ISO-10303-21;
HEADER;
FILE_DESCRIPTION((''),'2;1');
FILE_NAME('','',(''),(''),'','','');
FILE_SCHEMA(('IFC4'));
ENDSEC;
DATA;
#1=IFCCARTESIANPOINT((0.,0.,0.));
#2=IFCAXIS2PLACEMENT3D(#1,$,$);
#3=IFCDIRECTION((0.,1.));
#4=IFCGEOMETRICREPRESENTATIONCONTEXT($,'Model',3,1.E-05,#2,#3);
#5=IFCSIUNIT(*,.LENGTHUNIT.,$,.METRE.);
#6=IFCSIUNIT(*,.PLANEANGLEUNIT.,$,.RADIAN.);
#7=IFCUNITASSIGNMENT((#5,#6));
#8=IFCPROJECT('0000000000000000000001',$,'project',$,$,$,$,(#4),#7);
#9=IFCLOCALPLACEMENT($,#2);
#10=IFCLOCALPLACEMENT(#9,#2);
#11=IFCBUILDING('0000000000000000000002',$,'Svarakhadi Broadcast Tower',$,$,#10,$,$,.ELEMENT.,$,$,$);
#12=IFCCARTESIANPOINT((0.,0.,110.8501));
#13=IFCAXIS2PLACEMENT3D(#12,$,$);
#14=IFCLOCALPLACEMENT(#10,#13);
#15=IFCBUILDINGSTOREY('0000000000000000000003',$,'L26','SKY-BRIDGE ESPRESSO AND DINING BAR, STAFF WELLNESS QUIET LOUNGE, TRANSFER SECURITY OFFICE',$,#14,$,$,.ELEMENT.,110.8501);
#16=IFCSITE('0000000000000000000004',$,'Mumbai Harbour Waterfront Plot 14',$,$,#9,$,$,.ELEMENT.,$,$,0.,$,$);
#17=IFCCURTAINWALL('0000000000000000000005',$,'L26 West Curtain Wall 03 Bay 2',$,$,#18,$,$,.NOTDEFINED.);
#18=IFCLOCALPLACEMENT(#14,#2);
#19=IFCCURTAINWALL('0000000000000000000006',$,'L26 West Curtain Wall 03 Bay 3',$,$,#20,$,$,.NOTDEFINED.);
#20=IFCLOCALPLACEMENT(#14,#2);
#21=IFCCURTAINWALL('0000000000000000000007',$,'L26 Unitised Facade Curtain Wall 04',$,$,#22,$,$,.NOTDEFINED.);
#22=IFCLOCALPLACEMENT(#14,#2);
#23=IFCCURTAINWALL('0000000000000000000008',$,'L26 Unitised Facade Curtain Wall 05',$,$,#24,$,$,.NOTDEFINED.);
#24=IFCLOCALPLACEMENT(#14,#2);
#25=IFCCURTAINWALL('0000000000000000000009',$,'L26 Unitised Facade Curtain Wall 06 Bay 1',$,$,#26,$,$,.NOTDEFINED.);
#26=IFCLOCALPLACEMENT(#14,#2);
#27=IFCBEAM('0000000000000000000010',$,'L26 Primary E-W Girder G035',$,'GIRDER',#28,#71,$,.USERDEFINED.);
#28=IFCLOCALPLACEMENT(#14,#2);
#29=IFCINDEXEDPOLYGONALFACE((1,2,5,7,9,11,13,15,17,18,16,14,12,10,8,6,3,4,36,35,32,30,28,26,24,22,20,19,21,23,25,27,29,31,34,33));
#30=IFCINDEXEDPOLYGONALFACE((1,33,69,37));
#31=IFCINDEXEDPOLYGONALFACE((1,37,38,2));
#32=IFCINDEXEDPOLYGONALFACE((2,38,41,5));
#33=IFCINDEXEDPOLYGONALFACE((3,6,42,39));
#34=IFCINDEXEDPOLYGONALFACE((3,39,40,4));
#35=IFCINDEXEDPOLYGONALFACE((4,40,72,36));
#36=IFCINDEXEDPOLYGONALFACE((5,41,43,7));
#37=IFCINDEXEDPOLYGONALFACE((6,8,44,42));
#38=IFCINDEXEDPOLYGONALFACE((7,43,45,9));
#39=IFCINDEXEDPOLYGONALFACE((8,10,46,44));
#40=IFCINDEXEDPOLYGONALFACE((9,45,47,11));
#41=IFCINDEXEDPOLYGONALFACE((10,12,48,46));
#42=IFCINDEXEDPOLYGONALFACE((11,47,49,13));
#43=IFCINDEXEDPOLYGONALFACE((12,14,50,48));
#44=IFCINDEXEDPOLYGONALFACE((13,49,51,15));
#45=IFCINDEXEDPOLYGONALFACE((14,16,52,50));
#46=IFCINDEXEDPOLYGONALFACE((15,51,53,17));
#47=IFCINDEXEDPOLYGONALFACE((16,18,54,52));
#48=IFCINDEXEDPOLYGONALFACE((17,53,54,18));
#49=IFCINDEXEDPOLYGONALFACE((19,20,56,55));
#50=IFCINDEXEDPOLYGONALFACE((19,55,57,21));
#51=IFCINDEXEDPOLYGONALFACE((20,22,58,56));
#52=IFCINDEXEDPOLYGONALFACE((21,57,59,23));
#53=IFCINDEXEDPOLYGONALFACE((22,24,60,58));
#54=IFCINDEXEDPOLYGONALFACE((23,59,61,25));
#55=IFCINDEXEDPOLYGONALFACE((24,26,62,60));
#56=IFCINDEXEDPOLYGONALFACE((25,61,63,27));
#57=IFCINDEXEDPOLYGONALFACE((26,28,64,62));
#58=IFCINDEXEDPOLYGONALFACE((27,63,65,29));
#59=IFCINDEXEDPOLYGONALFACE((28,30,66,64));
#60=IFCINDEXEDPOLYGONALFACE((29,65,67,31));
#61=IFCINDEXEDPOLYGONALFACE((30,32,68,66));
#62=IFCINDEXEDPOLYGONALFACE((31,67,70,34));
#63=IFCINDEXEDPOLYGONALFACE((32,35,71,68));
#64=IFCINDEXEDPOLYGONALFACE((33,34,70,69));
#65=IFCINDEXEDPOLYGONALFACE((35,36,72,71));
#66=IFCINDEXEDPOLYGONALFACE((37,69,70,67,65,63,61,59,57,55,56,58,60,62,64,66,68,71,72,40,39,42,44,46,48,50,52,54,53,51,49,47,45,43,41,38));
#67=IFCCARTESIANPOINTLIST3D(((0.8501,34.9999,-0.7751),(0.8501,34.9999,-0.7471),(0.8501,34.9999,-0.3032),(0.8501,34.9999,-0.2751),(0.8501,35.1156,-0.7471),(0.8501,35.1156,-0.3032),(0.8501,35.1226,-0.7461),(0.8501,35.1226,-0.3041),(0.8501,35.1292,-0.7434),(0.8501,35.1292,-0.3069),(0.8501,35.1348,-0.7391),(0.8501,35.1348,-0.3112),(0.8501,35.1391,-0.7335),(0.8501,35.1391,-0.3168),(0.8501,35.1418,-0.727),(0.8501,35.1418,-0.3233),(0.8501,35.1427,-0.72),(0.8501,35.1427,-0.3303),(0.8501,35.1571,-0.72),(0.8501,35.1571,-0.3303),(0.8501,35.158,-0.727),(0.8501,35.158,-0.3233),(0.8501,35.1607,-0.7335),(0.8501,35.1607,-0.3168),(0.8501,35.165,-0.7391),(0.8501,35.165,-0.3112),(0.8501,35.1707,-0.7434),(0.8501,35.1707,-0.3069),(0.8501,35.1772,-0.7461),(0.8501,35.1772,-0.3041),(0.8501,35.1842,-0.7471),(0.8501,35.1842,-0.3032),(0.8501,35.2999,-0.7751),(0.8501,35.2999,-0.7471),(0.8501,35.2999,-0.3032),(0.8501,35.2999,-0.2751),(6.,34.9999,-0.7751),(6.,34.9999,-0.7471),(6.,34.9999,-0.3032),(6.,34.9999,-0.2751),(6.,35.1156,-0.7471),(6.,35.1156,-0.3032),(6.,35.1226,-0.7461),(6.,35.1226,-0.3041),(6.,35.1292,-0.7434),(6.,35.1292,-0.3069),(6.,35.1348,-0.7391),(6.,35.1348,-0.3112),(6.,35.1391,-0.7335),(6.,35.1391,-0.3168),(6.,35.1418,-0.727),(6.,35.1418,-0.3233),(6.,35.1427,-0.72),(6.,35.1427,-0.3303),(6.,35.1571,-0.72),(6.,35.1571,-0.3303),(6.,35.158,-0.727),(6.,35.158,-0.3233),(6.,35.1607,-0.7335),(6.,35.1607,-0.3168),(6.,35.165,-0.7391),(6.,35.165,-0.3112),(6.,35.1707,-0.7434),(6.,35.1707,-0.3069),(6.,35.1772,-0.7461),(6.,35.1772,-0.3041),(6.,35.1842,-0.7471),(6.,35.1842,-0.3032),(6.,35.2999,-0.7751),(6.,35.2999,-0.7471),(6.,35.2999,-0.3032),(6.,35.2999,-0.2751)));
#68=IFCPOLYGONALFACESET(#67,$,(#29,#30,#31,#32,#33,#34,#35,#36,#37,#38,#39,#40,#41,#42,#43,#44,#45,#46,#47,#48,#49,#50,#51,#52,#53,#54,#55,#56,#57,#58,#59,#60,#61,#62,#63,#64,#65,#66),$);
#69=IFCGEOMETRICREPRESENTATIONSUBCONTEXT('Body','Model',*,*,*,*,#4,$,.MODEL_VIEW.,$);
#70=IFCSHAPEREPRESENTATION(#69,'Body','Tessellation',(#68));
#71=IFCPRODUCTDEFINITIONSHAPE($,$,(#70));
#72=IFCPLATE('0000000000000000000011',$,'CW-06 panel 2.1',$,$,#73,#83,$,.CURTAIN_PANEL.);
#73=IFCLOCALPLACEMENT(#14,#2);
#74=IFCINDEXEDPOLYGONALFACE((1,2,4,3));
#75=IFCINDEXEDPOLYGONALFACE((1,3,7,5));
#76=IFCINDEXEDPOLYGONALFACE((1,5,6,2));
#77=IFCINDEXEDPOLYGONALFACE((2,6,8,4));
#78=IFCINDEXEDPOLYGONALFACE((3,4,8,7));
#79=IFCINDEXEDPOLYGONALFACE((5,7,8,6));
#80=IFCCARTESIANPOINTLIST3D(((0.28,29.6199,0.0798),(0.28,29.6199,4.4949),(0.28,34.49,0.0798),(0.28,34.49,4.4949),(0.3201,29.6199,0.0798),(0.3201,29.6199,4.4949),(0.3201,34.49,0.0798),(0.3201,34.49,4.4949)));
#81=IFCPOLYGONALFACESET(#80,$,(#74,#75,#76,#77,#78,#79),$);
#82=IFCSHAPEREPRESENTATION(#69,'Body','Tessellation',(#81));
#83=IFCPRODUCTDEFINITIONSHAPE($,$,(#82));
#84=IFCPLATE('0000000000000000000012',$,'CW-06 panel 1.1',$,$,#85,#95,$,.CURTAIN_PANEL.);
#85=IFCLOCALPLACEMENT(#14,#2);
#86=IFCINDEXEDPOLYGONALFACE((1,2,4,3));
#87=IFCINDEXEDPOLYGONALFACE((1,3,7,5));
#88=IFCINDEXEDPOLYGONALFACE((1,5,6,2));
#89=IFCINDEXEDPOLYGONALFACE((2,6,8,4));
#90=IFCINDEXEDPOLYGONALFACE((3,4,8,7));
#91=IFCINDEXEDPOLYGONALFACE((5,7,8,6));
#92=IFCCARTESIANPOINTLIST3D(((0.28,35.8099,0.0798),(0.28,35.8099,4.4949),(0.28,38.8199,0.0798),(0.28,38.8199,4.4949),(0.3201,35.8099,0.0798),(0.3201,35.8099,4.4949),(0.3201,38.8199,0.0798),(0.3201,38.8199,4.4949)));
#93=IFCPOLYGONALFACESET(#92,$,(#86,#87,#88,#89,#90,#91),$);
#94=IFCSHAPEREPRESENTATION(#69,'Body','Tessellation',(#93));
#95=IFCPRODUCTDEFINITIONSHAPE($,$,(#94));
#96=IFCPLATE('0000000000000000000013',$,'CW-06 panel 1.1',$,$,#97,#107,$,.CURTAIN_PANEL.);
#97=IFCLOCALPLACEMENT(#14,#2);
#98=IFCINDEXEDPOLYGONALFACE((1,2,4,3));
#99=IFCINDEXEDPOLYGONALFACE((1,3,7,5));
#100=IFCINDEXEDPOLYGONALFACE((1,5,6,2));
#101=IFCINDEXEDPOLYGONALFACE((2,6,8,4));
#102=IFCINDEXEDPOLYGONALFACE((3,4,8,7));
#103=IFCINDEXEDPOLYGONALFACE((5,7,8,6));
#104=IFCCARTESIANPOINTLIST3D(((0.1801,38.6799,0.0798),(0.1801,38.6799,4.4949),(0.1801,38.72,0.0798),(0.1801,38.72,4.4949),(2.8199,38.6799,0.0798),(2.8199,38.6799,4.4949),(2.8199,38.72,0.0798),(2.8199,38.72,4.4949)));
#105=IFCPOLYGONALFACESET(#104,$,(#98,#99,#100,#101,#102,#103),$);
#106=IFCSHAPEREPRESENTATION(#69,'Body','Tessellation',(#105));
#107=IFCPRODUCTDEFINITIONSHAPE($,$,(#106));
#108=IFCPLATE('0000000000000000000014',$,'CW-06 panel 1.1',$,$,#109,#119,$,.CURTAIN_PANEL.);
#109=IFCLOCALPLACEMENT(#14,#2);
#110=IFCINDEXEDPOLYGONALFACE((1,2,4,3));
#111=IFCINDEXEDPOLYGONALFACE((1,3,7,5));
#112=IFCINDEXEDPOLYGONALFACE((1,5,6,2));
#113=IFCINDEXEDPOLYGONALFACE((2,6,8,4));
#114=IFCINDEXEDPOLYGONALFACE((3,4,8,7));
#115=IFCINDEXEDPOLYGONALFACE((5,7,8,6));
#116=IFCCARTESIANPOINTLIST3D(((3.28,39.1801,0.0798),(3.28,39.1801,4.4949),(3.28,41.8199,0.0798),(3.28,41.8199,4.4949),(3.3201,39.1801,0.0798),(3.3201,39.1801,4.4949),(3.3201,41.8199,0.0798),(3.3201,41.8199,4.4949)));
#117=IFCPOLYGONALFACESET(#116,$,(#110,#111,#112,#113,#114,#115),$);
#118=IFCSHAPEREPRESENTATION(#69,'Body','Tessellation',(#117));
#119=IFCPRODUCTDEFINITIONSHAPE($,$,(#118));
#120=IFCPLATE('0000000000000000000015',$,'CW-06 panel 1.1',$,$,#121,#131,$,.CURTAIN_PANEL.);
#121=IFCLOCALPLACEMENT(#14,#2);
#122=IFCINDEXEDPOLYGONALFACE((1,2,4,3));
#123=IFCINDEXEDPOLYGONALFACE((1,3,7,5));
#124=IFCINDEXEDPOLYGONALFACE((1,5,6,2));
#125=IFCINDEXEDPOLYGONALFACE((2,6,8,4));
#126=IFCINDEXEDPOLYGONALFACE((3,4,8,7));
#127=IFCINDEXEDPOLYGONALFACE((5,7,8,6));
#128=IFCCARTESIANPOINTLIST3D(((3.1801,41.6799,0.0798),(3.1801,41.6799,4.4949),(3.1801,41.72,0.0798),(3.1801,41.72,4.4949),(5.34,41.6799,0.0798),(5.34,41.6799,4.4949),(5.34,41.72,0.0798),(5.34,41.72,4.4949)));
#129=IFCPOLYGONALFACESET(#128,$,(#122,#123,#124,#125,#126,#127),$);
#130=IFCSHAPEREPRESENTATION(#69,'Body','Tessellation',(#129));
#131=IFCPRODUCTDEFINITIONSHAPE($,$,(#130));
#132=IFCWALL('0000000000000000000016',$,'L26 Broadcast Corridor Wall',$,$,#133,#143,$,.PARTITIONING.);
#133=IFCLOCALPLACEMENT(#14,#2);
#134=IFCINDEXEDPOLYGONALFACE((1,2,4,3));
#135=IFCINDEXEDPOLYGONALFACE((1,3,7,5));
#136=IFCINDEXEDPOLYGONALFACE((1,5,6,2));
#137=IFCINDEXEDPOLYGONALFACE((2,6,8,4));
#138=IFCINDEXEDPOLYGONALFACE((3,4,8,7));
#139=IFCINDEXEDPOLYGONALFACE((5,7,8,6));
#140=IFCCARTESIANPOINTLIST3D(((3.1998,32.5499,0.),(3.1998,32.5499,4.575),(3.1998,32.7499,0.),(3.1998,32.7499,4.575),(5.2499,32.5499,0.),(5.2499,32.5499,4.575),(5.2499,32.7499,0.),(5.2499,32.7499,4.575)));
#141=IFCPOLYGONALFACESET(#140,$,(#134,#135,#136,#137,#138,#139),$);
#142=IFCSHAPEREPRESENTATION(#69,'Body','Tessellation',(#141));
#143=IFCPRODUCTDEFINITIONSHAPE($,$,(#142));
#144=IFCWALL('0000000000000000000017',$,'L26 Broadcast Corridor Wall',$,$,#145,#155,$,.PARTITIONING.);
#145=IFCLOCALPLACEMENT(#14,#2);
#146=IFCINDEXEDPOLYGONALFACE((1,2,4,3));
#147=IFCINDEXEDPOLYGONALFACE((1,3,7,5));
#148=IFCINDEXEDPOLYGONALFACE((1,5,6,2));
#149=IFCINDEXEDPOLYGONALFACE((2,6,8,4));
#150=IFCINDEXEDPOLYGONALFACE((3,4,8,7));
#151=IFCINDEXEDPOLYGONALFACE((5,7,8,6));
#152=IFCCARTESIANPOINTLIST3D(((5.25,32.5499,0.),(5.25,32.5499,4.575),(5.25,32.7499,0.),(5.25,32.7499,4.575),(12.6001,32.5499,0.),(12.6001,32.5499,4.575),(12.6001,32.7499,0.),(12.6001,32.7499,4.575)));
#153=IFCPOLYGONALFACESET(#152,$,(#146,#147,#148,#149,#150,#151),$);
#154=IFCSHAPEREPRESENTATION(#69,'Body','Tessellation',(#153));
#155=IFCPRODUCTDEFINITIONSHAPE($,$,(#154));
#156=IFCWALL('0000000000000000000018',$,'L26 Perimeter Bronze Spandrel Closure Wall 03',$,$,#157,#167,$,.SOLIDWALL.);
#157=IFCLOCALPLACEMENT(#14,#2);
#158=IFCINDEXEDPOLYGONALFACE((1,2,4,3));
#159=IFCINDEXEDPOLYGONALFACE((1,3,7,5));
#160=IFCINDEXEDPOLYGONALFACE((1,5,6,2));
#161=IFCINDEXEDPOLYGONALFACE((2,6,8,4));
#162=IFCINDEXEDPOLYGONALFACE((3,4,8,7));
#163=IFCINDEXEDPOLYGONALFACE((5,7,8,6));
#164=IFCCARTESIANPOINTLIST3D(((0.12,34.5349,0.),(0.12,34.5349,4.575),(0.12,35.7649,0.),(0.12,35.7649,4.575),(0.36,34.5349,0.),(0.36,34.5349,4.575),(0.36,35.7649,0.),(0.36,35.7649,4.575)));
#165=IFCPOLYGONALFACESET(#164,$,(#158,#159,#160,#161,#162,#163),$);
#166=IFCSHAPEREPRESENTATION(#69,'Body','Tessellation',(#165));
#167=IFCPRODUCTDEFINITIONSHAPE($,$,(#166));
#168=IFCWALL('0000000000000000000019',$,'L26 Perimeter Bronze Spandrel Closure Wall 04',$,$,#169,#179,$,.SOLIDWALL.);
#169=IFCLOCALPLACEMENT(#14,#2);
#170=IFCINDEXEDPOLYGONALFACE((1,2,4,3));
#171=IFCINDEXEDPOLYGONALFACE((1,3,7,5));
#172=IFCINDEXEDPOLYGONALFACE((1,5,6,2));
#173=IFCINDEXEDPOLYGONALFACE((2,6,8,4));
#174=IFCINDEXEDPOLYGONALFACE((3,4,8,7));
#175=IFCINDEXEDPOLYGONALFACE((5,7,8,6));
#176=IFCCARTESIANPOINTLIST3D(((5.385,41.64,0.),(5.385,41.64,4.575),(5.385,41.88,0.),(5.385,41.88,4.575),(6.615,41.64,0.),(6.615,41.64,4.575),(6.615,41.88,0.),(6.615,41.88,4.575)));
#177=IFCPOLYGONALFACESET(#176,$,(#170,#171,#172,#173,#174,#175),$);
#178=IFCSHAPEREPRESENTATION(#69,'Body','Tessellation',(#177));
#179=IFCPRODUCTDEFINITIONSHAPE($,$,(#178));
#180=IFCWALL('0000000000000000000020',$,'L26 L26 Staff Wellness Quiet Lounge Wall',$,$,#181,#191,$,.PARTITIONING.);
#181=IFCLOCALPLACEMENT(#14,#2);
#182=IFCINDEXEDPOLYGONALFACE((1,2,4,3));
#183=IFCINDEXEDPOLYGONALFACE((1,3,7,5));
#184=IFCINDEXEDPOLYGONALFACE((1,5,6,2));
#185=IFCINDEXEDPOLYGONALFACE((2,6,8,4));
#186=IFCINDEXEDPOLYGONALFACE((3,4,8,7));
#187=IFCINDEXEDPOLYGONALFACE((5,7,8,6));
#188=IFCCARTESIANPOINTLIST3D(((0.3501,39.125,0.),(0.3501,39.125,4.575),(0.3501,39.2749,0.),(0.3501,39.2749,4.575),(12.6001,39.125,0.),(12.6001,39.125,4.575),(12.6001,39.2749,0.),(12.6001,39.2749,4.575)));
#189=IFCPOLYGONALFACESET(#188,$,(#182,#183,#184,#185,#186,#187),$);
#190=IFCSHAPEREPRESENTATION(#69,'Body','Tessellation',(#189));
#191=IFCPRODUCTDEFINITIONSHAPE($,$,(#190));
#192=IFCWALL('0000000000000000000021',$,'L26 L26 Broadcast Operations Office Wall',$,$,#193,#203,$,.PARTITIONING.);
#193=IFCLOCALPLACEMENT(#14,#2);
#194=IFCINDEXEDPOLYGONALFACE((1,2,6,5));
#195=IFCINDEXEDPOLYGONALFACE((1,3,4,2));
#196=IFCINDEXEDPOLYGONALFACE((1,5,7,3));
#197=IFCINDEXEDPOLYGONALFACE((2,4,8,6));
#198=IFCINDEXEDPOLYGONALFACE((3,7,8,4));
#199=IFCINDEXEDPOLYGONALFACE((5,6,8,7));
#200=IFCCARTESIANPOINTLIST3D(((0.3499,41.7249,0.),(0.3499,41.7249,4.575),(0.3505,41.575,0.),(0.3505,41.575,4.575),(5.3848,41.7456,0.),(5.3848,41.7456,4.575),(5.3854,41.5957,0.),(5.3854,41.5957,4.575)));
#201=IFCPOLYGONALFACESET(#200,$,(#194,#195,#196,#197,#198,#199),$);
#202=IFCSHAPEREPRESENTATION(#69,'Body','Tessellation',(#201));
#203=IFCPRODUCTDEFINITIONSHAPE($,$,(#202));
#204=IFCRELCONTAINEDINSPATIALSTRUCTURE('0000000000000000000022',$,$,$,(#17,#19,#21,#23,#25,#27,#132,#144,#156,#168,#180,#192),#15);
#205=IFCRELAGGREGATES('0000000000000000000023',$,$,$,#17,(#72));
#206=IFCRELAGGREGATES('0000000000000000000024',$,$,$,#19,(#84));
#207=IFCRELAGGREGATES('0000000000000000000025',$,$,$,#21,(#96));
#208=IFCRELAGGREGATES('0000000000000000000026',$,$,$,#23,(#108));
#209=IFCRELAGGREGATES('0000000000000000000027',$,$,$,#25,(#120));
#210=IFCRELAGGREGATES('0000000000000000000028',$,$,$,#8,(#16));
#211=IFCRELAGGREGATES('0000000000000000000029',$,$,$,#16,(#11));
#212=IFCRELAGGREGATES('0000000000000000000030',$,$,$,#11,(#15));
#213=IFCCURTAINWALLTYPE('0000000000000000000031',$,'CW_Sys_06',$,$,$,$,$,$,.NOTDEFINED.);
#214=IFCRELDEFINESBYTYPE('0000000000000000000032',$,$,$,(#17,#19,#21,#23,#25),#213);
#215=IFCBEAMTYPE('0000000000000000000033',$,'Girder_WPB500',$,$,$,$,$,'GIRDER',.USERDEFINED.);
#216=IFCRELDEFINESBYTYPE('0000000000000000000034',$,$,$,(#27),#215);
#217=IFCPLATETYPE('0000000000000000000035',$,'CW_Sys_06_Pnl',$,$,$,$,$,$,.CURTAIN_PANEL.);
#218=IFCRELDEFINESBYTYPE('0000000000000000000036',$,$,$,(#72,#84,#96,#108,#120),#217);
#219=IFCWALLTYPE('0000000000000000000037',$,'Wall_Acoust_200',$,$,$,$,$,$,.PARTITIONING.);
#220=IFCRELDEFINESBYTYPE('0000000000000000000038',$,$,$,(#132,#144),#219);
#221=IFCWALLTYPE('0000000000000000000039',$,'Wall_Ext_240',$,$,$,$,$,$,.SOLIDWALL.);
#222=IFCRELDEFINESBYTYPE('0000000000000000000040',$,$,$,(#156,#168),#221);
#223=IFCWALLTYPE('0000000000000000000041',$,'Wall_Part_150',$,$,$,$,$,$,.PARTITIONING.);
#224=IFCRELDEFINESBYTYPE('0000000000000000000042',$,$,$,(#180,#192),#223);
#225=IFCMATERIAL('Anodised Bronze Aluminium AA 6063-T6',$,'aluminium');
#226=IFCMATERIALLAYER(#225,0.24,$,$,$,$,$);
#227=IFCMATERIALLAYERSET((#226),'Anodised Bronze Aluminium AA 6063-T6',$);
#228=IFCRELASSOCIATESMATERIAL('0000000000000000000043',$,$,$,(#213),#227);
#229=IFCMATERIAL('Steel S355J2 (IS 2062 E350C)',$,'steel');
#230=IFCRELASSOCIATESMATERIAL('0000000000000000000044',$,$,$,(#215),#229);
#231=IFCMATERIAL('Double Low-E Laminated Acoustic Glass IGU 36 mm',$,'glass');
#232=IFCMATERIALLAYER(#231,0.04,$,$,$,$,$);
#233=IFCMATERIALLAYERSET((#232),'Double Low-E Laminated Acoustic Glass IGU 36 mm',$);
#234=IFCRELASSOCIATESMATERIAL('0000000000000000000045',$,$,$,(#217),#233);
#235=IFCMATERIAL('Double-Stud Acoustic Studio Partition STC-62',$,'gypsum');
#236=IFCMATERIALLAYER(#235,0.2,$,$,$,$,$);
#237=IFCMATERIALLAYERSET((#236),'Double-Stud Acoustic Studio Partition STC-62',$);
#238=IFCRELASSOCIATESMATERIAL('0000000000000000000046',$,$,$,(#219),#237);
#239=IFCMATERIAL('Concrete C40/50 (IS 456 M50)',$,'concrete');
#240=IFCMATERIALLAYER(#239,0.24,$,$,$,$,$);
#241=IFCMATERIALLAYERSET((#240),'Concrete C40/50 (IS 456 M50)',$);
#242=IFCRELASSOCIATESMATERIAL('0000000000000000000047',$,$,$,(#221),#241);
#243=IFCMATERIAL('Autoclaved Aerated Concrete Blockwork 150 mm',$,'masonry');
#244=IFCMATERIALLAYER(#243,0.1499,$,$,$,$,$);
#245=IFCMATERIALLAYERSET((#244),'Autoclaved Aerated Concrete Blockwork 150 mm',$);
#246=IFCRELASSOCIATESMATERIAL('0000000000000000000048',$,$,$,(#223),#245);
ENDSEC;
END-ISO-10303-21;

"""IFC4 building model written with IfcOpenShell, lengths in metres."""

from ifc_helpers import new_model, si_unit, direction, frame, frame_2d, origin, origin_2d, place, context, subcontext, project, spatial, rectangle, i_section, extrude, material, layer, layer_set, material_profile, profile_set, type_object, element, aggregate, save


model = new_model("IFC4")

# Units and contexts
model_context = context("Model", 3, precision=1e-05, world=origin(), true_north=direction((0.0, 1.0)))
body_context = subcontext(model_context, "Body", "Model", "MODEL_VIEW")
ifc_project = project(units=[si_unit("LENGTHUNIT", "METRE"), si_unit("PLANEANGLEUNIT", "RADIAN")], contexts=[model_context])

# Site, building, storey
site_placement = place(None, origin())
site = spatial("IfcSite", under=ifc_project, at=site_placement, Name="Mumbai Harbour Waterfront Plot 14", CompositionType="ELEMENT", RefElevation=0.0)
building_placement = place(site_placement, origin())
building = spatial("IfcBuilding", under=site, at=building_placement, Name="Svarakhadi Broadcast Tower", CompositionType="ELEMENT")
storey_placement = place(building_placement, frame((0.0, 0.0, 110.8501)))
storey = spatial("IfcBuildingStorey", under=building, at=storey_placement, Name="L26", Description="SKY-BRIDGE ESPRESSO AND DINING BAR, STAFF WELLNESS QUIET LOUNGE, TRANSFER SECURITY OFFICE", CompositionType="ELEMENT", Elevation=110.8501)

# Shared definitions
ifc_material_1 = material(Name="Steel S355J2 (IS 2062 E350C)", Category="steel")

# Curtain wall
ifc_material_2 = material(Name="Anodised Bronze Aluminium AA 6063-T6", Category="aluminium")
ifc_layer_1 = layer(ifc_material_2, 0.24)
ifc_layer_set_1 = layer_set([ifc_layer_1], Name="Anodised Bronze Aluminium AA 6063-T6")
curtain_wall_type = type_object("IfcCurtainWallType", Name="CW_Sys_06", PredefinedType="NOTDEFINED", material=ifc_layer_set_1)
curtain_wall_1_placement = place(storey_placement, origin())
curtain_wall_1 = element("IfcCurtainWall", 1, at=curtain_wall_1_placement, inside=storey, type_object=curtain_wall_type, Name="L26 West Curtain Wall 03 Bay 2", PredefinedType="NOTDEFINED")

# Curtain walls
curtain_wall_2_placement = place(storey_placement, origin())
curtain_wall_2 = element("IfcCurtainWall", 2, at=curtain_wall_2_placement, inside=storey, type_object=curtain_wall_type, Name="L26 West Curtain Wall 03 Bay 3", PredefinedType="NOTDEFINED")
curtain_wall_3_placement = place(storey_placement, origin())
curtain_wall_3 = element("IfcCurtainWall", 3, at=curtain_wall_3_placement, inside=storey, type_object=curtain_wall_type, Name="L26 Unitised Facade Curtain Wall 04", PredefinedType="NOTDEFINED")
curtain_wall_4_placement = place(storey_placement, origin())
curtain_wall_4 = element("IfcCurtainWall", 4, at=curtain_wall_4_placement, inside=storey, type_object=curtain_wall_type, Name="L26 Unitised Facade Curtain Wall 05", PredefinedType="NOTDEFINED")
curtain_wall_5_placement = place(storey_placement, origin())
curtain_wall_5 = element("IfcCurtainWall", 5, at=curtain_wall_5_placement, inside=storey, type_object=curtain_wall_type, Name="L26 Unitised Facade Curtain Wall 06 Bay 1", PredefinedType="NOTDEFINED")

# Beam
ifc_material_profile_1 = material_profile(ifc_material_1, i_section(OverallWidth=0.3, OverallDepth=0.5, WebThickness=0.0144, FlangeThickness=0.0281, FilletRadius=0.0271, at=origin_2d()), Name="WPB 500x300x187")
ifc_profile_set_1 = profile_set([ifc_material_profile_1], Name="Steel S355J2 (IS 2062 E350C)")
beam_type_1 = type_object("IfcBeamType", Name="Girder_WPB500", ElementType="GIRDER", PredefinedType="USERDEFINED", material=ifc_profile_set_1)
beam_1_placement = place(storey_placement, frame((0.8501, 35.1499, -0.5251), z_axis=(1.0, 0.0, 0.0), x_axis=(0.0, 1.0, 0.0)))
element("IfcBeam", 6, at=beam_1_placement, inside=storey, type_object=beam_type_1, Name="L26 Primary E-W Girder G035", ObjectType="GIRDER", PredefinedType="USERDEFINED", context=body_context, shape_type="SweptSolid", body=[
    extrude(i_section(OverallWidth=0.3, OverallDepth=0.5, WebThickness=0.0144, FlangeThickness=0.0281, FilletRadius=0.0271, at=origin_2d()), origin(), (0.0, 0.0, 1.0), 5.1499),
])

# Plates
ifc_material_3 = material(Name="Double Low-E Laminated Acoustic Glass IGU 36 mm", Category="glass")
ifc_layer_2 = layer(ifc_material_3, 0.04)
ifc_layer_set_2 = layer_set([ifc_layer_2], Name="Double Low-E Laminated Acoustic Glass IGU 36 mm")
plate_type = type_object("IfcPlateType", Name="CW_Sys_06_Pnl", PredefinedType="CURTAIN_PANEL", material=ifc_layer_set_2)
plate_1_placement = place(storey_placement, frame((0.3, 32.0549, 0.0798), z_axis=(0.0, 0.0, 1.0), x_axis=(0.0, 1.0, 0.0)))
plate_1 = element("IfcPlate", 7, at=plate_1_placement, type_object=plate_type, Name="CW-06 panel 2.1", PredefinedType="CURTAIN_PANEL", context=body_context, shape_type="SweptSolid", body=[
    extrude(rectangle(XDim=4.8701, YDim=0.04, at=origin_2d()), origin(), (0.0, 0.0, 1.0), 4.415),
])
aggregate(curtain_wall_1, [plate_1])
plate_2_placement = place(storey_placement, frame((0.3, 37.3149, 0.0798), z_axis=(0.0, 0.0, 1.0), x_axis=(0.0, 1.0, 0.0)))
plate_2 = element("IfcPlate", 8, at=plate_2_placement, type_object=plate_type, Name="CW-06 panel 1.1", PredefinedType="CURTAIN_PANEL", context=body_context, shape_type="SweptSolid", body=[
    extrude(rectangle(XDim=3.01, YDim=0.04, at=origin_2d()), origin(), (0.0, 0.0, 1.0), 4.415),
])
aggregate(curtain_wall_2, [plate_2])
plate_3_placement = place(storey_placement, frame((1.5, 38.7, 0.0798), z_axis=(0.0, 0.0, 1.0), x_axis=(1.0, 0.0, 0.0)))
plate_3 = element("IfcPlate", 9, at=plate_3_placement, type_object=plate_type, Name="CW-06 panel 1.1", PredefinedType="CURTAIN_PANEL", context=body_context, shape_type="SweptSolid", body=[
    extrude(rectangle(XDim=2.6399, YDim=0.04, at=origin_2d()), origin(), (0.0, 0.0, 1.0), 4.415),
])
aggregate(curtain_wall_3, [plate_3])
plate_4_placement = place(storey_placement, frame((3.3, 40.5, 0.0798), z_axis=(0.0, 0.0, 1.0), x_axis=(0.0, 1.0, 0.0)))
plate_4 = element("IfcPlate", 10, at=plate_4_placement, type_object=plate_type, Name="CW-06 panel 1.1", PredefinedType="CURTAIN_PANEL", context=body_context, shape_type="SweptSolid", body=[
    extrude(rectangle(XDim=2.6399, YDim=0.04, at=origin_2d()), origin(), (0.0, 0.0, 1.0), 4.415),
])
aggregate(curtain_wall_4, [plate_4])
plate_5_placement = place(storey_placement, frame((4.26, 41.7, 0.0798), z_axis=(0.0, 0.0, 1.0), x_axis=(1.0, 0.0, 0.0)))
plate_5 = element("IfcPlate", 11, at=plate_5_placement, type_object=plate_type, Name="CW-06 panel 1.1", PredefinedType="CURTAIN_PANEL", context=body_context, shape_type="SweptSolid", body=[
    extrude(rectangle(XDim=2.1599, YDim=0.04, at=origin_2d()), origin(), (0.0, 0.0, 1.0), 4.415),
])
aggregate(curtain_wall_5, [plate_5])

# Walls
ifc_material_4 = material(Name="Double-Stud Acoustic Studio Partition STC-62", Category="gypsum")
ifc_layer_3 = layer(ifc_material_4, 0.2)
ifc_layer_set_3 = layer_set([ifc_layer_3], Name="Double-Stud Acoustic Studio Partition STC-62")
wall_type_1 = type_object("IfcWallType", Name="Wall_Acoust_200", PredefinedType="PARTITIONING", material=ifc_layer_set_3)
wall_1_placement = place(storey_placement, frame((3.2, 32.6499, 0.0), z_axis=(0.0, 0.0, 1.0), x_axis=(1.0, 0.0, 0.0)))
element("IfcWall", 12, at=wall_1_placement, inside=storey, type_object=wall_type_1, Name="L26 Broadcast Corridor Wall", PredefinedType="PARTITIONING", context=body_context, shape_type="SweptSolid", body=[
    extrude(rectangle(XDim=2.05, YDim=0.2, at=frame_2d((1.0249, 0.0))), origin(), (0.0, 0.0, 1.0), 4.575),
])
wall_2_placement = place(storey_placement, frame((5.25, 32.6499, 0.0), z_axis=(0.0, 0.0, 1.0), x_axis=(1.0, 0.0, 0.0)))
element("IfcWall", 13, at=wall_2_placement, inside=storey, type_object=wall_type_1, Name="L26 Broadcast Corridor Wall", PredefinedType="PARTITIONING", context=body_context, shape_type="SweptSolid", body=[
    extrude(rectangle(XDim=7.3501, YDim=0.2, at=frame_2d((3.675, 0.0))), origin(), (0.0, 0.0, 1.0), 4.575),
])
ifc_material_5 = material(Name="Concrete C40/50 (IS 456 M50)", Category="concrete")
ifc_layer_4 = layer(ifc_material_5, 0.24)
ifc_layer_set_4 = layer_set([ifc_layer_4], Name="Concrete C40/50 (IS 456 M50)")
wall_type_2 = type_object("IfcWallType", Name="Wall_Ext_240", PredefinedType="SOLIDWALL", material=ifc_layer_set_4)
for number, where, z_axis, x_axis, name in (
    (14, (0.24, 34.5349, 0.0), (0.0, 0.0, 1.0), (0.0, 1.0, 0.0), "L26 Perimeter Bronze Spandrel Closure Wall 03"),
    (15, (5.385, 41.76, 0.0), (0.0, 0.0, 1.0), (1.0, 0.0, 0.0), "L26 Perimeter Bronze Spandrel Closure Wall 04"),
):
    element("IfcWall", number, at=place(storey_placement, frame(where, z_axis=z_axis, x_axis=x_axis)), inside=storey, type_object=wall_type_2, Name=name, PredefinedType="SOLIDWALL", context=body_context, shape_type="SweptSolid", body=[
        extrude(rectangle(XDim=1.23, YDim=0.24, at=frame_2d((0.615, 0.0))), origin(), (0.0, 0.0, 1.0), 4.575),
    ])
ifc_material_6 = material(Name="Autoclaved Aerated Concrete Blockwork 150 mm", Category="masonry")
ifc_layer_5 = layer(ifc_material_6, 0.1499)
ifc_layer_set_5 = layer_set([ifc_layer_5], Name="Autoclaved Aerated Concrete Blockwork 150 mm")
wall_type_3 = type_object("IfcWallType", Name="Wall_Part_150", PredefinedType="PARTITIONING", material=ifc_layer_set_5)
wall_3_placement = place(storey_placement, frame((0.3501, 39.2, 0.0), z_axis=(0.0, 0.0, 1.0), x_axis=(1.0, 0.0, 0.0)))
element("IfcWall", 16, at=wall_3_placement, inside=storey, type_object=wall_type_3, Name="L26 L26 Staff Wellness Quiet Lounge Wall", PredefinedType="PARTITIONING", context=body_context, shape_type="SweptSolid", body=[
    extrude(rectangle(XDim=12.25, YDim=0.1499, at=frame_2d((6.125, 0.0))), origin(), (0.0, 0.0, 1.0), 4.575),
])
wall_4_placement = place(storey_placement, frame((0.3501, 41.6499, 0.0), z_axis=(0.0, 0.0, 1.0), x_axis=(0.999992, 0.004122, 0.0)))
element("IfcWall", 17, at=wall_4_placement, inside=storey, type_object=wall_type_3, Name="L26 L26 Broadcast Operations Office Wall", PredefinedType="PARTITIONING", context=body_context, shape_type="SweptSolid", body=[
    extrude(rectangle(XDim=5.0349, YDim=0.1499, at=frame_2d((2.5176, 0.0))), origin(), (0.0, 0.0, 1.0), 4.575),
])

save(model, "model.ifc")
